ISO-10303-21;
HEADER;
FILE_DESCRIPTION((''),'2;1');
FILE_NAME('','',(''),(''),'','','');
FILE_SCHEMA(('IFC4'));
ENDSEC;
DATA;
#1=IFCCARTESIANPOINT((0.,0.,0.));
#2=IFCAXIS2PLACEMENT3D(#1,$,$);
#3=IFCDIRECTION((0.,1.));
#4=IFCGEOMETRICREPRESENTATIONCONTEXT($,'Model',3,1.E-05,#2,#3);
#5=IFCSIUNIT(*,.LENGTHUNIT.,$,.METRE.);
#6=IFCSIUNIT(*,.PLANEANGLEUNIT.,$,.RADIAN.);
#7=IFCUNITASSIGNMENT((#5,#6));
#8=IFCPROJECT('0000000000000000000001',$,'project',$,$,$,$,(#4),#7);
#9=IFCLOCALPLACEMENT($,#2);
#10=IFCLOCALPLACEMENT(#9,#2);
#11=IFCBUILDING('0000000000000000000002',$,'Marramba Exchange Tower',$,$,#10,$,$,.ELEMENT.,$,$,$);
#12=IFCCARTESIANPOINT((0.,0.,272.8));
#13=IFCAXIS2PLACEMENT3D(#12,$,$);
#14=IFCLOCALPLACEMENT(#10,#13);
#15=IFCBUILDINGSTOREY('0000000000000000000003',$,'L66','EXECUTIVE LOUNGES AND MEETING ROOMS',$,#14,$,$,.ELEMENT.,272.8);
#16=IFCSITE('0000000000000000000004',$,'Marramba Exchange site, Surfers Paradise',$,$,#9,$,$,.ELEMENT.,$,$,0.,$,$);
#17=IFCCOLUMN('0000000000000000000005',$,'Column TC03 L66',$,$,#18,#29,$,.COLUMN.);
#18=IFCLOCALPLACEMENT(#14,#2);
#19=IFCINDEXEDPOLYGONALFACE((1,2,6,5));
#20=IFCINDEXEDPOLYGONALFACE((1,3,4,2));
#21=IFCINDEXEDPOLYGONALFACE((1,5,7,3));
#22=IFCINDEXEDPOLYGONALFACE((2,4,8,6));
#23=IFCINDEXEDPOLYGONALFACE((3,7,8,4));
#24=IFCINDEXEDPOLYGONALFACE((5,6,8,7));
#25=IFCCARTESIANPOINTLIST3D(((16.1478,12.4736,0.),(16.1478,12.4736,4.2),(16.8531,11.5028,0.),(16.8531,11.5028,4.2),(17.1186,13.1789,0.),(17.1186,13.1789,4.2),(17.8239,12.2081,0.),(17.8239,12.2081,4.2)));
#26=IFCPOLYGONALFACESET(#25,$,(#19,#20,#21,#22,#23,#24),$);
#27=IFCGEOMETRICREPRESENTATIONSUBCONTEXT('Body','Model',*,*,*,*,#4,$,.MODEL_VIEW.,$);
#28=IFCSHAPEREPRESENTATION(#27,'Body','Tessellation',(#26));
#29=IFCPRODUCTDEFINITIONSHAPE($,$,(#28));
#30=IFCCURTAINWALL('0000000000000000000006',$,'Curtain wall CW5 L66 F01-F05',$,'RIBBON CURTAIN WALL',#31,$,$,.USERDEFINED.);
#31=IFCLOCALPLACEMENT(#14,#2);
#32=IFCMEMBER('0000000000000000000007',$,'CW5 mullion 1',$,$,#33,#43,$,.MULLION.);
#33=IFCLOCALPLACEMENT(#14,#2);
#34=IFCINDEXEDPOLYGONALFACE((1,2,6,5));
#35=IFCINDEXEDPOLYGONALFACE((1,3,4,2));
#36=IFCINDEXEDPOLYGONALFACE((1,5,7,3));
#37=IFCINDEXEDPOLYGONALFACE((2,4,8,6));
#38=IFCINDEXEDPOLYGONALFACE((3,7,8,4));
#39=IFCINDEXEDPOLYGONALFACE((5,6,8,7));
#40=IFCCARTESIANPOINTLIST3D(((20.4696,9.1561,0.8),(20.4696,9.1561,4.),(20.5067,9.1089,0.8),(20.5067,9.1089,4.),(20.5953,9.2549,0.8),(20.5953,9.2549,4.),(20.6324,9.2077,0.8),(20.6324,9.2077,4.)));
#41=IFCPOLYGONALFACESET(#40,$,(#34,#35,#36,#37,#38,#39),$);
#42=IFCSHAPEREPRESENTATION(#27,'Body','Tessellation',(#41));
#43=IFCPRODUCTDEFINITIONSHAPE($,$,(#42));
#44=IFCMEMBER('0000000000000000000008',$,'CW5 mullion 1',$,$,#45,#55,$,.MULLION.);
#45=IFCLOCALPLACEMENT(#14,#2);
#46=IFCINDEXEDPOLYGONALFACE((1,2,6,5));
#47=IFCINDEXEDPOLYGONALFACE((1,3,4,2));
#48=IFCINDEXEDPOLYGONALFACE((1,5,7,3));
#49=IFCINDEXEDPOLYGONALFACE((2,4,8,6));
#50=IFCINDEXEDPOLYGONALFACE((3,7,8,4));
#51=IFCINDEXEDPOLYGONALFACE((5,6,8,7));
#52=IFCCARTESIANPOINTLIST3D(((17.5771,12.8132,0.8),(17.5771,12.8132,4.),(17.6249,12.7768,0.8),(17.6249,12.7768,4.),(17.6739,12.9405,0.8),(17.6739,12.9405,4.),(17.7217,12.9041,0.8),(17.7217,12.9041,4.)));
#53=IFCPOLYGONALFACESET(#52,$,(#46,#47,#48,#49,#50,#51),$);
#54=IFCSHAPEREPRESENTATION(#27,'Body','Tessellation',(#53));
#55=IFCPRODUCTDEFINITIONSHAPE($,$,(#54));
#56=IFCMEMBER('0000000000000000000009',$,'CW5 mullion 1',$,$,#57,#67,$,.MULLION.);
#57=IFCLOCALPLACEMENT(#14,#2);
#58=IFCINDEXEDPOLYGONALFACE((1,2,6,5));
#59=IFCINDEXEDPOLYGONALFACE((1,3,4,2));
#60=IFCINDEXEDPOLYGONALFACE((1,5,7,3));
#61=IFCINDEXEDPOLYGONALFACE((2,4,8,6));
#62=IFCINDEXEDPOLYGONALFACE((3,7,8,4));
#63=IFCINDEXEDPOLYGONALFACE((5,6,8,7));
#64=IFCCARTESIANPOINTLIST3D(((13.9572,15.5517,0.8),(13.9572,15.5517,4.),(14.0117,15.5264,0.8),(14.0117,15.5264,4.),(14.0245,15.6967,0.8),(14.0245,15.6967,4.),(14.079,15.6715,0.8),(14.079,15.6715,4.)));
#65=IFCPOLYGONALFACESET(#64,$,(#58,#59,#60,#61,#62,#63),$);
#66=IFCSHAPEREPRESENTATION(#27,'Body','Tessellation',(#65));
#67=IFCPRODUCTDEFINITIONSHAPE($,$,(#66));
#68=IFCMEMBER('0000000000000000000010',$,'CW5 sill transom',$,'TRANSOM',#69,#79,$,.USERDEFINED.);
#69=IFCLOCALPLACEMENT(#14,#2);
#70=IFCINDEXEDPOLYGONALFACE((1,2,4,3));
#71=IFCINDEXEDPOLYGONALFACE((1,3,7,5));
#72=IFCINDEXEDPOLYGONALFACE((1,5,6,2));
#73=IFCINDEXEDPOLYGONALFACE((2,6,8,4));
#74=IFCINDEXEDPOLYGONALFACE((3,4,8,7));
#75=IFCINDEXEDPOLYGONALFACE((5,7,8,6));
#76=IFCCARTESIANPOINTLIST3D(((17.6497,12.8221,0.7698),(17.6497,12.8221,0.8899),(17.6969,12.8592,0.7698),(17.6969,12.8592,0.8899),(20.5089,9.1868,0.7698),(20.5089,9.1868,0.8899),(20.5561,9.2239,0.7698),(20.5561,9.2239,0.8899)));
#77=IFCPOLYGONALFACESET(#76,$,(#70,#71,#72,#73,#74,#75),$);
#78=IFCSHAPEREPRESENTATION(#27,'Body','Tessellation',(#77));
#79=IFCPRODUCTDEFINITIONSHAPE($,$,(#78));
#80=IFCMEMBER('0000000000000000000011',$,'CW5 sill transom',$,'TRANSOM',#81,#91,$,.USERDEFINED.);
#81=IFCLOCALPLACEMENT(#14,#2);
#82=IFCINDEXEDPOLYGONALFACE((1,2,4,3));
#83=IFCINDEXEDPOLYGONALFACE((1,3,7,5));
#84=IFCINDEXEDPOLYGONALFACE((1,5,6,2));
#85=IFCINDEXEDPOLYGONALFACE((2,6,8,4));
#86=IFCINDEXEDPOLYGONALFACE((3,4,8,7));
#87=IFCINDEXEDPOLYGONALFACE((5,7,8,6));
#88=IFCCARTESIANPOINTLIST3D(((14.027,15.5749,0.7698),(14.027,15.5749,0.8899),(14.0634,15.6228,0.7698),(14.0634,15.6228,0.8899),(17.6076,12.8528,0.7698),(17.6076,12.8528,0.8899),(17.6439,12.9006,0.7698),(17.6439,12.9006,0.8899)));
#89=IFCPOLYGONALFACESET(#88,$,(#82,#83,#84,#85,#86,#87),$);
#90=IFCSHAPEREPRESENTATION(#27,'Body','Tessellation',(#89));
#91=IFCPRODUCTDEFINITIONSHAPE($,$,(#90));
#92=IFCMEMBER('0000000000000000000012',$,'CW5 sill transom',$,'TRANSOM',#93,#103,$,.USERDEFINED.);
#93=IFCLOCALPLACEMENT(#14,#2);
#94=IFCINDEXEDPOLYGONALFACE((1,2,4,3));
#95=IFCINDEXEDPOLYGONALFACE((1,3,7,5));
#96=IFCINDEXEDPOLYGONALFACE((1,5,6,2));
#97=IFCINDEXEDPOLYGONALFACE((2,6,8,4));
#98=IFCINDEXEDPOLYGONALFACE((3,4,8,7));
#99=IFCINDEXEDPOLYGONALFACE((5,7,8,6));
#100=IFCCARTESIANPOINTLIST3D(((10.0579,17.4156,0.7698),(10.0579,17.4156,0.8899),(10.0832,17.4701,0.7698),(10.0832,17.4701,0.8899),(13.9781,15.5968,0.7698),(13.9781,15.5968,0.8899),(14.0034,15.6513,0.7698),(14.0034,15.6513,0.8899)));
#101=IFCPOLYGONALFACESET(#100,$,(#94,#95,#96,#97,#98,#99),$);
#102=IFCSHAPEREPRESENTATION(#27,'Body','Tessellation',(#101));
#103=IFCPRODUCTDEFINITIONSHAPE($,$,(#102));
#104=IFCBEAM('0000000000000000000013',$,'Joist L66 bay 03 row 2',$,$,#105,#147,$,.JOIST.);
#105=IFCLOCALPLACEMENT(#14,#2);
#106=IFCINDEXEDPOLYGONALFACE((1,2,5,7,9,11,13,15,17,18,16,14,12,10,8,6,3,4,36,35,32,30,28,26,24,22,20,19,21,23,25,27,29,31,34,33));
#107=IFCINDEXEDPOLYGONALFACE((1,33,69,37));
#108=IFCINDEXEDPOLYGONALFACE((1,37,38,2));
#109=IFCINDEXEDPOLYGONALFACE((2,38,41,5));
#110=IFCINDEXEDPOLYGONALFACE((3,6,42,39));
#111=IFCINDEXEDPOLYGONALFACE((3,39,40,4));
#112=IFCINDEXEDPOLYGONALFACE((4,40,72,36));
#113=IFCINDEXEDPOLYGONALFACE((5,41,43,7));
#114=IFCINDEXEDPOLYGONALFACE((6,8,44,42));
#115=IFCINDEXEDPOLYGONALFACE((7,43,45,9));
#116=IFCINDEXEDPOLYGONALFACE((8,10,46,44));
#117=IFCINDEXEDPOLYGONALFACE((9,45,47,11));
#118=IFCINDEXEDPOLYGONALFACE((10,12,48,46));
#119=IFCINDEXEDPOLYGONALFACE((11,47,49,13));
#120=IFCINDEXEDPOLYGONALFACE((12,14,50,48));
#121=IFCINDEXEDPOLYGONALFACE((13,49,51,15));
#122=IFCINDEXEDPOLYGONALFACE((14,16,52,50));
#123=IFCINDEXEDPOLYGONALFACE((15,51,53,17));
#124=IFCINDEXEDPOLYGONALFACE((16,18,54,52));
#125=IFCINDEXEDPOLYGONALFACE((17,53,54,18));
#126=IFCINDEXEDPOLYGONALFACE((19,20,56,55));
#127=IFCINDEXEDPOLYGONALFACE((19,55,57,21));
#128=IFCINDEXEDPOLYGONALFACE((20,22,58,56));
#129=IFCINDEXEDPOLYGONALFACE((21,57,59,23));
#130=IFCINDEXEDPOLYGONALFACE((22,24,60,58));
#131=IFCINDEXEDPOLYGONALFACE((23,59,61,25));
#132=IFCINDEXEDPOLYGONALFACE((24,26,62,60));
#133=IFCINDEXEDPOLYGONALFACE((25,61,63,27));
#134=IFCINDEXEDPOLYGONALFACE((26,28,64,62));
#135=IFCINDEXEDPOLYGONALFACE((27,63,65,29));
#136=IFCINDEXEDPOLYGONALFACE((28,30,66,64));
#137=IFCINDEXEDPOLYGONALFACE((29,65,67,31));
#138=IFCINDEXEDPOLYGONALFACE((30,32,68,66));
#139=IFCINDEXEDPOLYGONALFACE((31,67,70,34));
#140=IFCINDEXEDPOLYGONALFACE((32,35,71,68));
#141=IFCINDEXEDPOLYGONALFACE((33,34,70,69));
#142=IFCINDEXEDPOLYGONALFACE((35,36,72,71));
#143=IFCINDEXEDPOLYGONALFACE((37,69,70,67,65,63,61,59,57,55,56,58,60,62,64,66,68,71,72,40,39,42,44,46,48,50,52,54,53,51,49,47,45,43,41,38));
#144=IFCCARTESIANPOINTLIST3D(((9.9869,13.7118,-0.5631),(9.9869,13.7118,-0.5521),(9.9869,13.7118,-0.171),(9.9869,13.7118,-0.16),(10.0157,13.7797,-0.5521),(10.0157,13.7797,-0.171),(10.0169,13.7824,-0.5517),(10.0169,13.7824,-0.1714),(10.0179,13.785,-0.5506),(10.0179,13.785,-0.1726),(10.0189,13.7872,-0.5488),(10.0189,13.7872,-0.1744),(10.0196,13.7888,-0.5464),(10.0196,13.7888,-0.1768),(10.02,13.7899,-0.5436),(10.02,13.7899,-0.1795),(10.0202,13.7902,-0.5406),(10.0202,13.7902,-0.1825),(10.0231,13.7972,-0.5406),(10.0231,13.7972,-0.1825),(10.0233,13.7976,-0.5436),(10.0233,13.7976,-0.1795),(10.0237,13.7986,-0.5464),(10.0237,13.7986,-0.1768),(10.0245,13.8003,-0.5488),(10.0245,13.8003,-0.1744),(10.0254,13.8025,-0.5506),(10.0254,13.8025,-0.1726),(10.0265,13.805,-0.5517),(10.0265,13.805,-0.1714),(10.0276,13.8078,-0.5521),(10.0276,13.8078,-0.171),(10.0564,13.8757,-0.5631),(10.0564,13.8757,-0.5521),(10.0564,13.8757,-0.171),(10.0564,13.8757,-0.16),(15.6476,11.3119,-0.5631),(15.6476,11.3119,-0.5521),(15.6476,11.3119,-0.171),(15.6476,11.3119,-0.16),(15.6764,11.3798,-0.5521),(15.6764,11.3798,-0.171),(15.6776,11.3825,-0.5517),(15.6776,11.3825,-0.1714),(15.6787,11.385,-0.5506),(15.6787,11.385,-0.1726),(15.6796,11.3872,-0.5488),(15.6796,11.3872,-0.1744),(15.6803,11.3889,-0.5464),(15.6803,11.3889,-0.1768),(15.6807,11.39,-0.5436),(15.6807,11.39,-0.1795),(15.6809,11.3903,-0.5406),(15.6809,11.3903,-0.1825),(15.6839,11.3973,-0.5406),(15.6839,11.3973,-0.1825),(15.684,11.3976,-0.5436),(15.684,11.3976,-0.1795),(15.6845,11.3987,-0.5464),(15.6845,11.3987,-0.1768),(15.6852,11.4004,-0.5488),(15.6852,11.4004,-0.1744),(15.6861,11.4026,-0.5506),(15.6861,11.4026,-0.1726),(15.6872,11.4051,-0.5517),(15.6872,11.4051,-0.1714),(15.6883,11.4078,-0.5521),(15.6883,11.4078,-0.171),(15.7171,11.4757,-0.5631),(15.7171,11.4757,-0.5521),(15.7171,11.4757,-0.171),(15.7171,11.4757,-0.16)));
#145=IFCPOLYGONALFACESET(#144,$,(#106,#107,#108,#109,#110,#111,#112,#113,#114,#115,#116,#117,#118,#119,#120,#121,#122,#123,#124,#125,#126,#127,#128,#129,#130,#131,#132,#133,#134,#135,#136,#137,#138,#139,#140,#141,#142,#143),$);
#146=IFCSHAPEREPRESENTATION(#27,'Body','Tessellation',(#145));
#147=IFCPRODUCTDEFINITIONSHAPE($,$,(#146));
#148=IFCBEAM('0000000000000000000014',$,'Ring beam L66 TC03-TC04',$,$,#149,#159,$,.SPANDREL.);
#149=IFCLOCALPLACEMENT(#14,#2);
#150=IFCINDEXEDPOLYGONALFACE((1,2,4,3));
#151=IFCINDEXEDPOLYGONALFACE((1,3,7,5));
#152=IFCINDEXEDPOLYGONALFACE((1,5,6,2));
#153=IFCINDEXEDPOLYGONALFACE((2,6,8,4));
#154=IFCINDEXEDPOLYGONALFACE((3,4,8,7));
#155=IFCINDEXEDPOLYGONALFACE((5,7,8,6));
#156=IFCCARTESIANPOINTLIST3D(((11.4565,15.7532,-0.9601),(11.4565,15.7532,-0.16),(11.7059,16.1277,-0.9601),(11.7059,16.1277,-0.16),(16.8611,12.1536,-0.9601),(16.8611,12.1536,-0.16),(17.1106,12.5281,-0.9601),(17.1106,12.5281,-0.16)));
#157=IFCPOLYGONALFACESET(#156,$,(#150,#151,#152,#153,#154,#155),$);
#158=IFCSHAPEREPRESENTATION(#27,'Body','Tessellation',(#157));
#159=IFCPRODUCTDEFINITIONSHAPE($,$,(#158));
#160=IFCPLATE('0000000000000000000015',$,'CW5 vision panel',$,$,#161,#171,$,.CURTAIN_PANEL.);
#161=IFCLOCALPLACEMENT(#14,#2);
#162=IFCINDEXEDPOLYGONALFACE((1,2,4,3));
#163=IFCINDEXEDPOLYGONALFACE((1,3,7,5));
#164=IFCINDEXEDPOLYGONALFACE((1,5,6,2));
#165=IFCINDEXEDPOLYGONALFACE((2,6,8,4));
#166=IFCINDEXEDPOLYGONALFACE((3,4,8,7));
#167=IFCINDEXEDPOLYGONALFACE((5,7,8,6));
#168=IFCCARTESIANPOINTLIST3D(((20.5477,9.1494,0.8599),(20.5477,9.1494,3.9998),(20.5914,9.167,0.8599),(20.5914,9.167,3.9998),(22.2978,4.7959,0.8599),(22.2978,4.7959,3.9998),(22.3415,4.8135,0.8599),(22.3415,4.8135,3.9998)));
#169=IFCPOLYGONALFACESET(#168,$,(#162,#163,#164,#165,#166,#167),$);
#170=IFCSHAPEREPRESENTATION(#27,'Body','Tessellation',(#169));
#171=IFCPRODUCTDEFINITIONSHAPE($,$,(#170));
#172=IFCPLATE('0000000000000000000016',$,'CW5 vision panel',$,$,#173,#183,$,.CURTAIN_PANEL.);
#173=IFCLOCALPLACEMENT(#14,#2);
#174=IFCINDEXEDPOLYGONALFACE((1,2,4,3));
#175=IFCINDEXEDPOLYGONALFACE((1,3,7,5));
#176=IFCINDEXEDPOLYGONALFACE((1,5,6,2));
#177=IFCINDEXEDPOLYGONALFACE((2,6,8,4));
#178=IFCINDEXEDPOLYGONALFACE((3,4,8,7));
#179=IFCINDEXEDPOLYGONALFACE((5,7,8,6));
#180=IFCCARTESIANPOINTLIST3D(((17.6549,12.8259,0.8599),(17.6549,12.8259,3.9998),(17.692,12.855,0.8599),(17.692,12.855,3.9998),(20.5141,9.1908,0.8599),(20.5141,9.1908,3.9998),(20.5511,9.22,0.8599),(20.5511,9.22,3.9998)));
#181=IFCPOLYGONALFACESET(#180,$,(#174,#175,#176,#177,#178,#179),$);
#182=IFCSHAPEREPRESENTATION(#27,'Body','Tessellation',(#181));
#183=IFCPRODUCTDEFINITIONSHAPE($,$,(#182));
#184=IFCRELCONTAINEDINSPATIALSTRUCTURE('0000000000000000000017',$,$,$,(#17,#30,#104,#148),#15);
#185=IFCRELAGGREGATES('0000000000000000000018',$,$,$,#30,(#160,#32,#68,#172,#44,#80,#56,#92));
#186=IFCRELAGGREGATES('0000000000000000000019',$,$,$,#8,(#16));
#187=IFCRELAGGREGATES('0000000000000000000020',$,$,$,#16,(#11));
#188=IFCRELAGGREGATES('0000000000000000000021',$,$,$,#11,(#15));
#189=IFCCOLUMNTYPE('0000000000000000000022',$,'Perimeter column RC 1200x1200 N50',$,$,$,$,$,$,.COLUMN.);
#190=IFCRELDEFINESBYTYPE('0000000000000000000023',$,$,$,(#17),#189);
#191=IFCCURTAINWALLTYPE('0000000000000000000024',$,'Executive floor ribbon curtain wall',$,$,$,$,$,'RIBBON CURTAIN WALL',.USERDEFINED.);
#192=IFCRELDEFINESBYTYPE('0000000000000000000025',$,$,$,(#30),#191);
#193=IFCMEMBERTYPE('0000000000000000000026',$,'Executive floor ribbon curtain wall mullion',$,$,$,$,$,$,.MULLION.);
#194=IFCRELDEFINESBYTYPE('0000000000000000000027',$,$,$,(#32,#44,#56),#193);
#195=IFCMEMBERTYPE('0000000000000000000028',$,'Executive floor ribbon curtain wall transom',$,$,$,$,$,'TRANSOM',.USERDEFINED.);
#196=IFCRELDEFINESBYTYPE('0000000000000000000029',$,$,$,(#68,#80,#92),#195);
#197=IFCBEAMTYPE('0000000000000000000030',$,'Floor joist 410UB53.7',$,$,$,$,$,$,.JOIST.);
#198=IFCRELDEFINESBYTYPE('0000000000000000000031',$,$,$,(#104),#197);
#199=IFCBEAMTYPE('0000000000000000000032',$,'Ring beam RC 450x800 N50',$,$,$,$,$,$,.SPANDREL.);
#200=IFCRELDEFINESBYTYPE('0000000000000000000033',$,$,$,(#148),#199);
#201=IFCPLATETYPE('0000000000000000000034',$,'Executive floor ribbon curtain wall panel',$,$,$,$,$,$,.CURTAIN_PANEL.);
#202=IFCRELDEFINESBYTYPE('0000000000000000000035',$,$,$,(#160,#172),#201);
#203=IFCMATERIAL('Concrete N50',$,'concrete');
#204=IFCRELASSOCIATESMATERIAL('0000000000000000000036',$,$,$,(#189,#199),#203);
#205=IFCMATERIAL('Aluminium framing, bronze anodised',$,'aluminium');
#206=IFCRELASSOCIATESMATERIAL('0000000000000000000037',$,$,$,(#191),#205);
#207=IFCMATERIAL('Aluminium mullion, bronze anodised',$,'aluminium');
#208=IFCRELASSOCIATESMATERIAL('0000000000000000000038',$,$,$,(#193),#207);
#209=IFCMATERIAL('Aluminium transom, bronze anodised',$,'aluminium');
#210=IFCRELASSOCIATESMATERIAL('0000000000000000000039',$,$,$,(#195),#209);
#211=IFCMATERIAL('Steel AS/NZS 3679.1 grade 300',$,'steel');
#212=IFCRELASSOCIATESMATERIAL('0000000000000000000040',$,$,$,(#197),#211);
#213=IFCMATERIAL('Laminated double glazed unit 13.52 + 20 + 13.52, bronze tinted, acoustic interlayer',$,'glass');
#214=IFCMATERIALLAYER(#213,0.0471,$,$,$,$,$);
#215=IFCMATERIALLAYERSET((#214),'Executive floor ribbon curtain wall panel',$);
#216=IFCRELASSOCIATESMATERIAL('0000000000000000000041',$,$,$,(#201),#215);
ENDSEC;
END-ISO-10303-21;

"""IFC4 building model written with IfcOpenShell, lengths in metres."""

from ifc_helpers import new_model, si_unit, direction, frame, origin, origin_2d, place, context, subcontext, project, spatial, rectangle, i_section, extrude, material, layer, layer_set, material_profile, profile_set, type_object, element, aggregate, save


model = new_model("IFC4")

# Units and contexts
model_context = context("Model", 3, precision=1e-05, world=origin(), true_north=direction((0.0, 1.0)))
body_context = subcontext(model_context, "Body", "Model", "MODEL_VIEW")
ifc_project = project(units=[si_unit("LENGTHUNIT", "METRE"), si_unit("PLANEANGLEUNIT", "RADIAN")], contexts=[model_context])

# Site, building, storey
site_placement = place(None, origin())
site = spatial("IfcSite", under=ifc_project, at=site_placement, Name="Marramba Exchange site, Surfers Paradise", CompositionType="ELEMENT", RefElevation=0.0)
building_placement = place(site_placement, origin())
building = spatial("IfcBuilding", under=site, at=building_placement, Name="Marramba Exchange Tower", CompositionType="ELEMENT")
storey_placement = place(building_placement, frame((0.0, 0.0, 272.8)))
storey = spatial("IfcBuildingStorey", under=building, at=storey_placement, Name="L66", Description="EXECUTIVE LOUNGES AND MEETING ROOMS", CompositionType="ELEMENT", Elevation=272.8)

# Column
ifc_material_1 = material(Name="Concrete N50", Category="concrete")
ifc_material_profile_1 = material_profile(ifc_material_1, rectangle(XDim=1.2, YDim=1.2, at=origin_2d()), Name="RC 1200x1200")
ifc_profile_set_1 = profile_set([ifc_material_profile_1], Name="Concrete N50")
column_type = type_object("IfcColumnType", Name="Perimeter column RC 1200x1200 N50", PredefinedType="COLUMN", material=ifc_profile_set_1)
column_placement = place(storey_placement, frame((16.9858, 12.3408, 0.0), z_axis=(0.0, 0.0, 1.0), x_axis=(0.809017, 0.587785, 0.0)))
element("IfcColumn", 1, at=column_placement, inside=storey, type_object=column_type, Name="Column TC03 L66", PredefinedType="COLUMN", context=body_context, shape_type="SweptSolid", body=[
    extrude(rectangle(XDim=1.2, YDim=1.2, at=origin_2d()), origin(), (0.0, 0.0, 1.0), 4.2),
])

# Curtain wall, members
ifc_material_2 = material(Name="Aluminium framing, bronze anodised", Category="aluminium")
curtain_wall_type = type_object("IfcCurtainWallType", Name="Executive floor ribbon curtain wall", ElementType="RIBBON CURTAIN WALL", PredefinedType="USERDEFINED", material=ifc_material_2)
curtain_wall_placement = place(storey_placement, origin())
curtain_wall = element("IfcCurtainWall", 2, at=curtain_wall_placement, inside=storey, type_object=curtain_wall_type, Name="Curtain wall CW5 L66 F01-F05", ObjectType="RIBBON CURTAIN WALL", PredefinedType="USERDEFINED")
ifc_material_3 = material(Name="Aluminium mullion, bronze anodised", Category="aluminium")
ifc_material_profile_2 = material_profile(ifc_material_3, rectangle(XDim=0.1599, YDim=0.0601, at=origin_2d()), Name="CW5 mullion 60x160")
ifc_profile_set_2 = profile_set([ifc_material_profile_2], Name="Aluminium mullion, bronze anodised")
member_type_1 = type_object("IfcMemberType", Name="Executive floor ribbon curtain wall mullion", PredefinedType="MULLION", material=ifc_profile_set_2)
member_1_placement = place(storey_placement, frame((20.551, 9.1819, 0.8), z_axis=(0.0, 0.0, 1.0), x_axis=(-0.786003, -0.618223, 0.0)))
member_1 = element("IfcMember", 3, at=member_1_placement, type_object=member_type_1, Name="CW5 mullion 1", PredefinedType="MULLION", context=body_context, shape_type="SweptSolid", body=[
    extrude(rectangle(XDim=0.1599, YDim=0.0601, at=origin_2d()), origin(), (0.0, 0.0, 1.0), 3.2),
])
member_2_placement = place(storey_placement, frame((17.6494, 12.8586, 0.8), z_axis=(0.0, 0.0, 1.0), x_axis=(-0.605219, -0.796059, 0.0)))
member_2 = element("IfcMember", 4, at=member_2_placement, type_object=member_type_1, Name="CW5 mullion 1", PredefinedType="MULLION", context=body_context, shape_type="SweptSolid", body=[
    extrude(rectangle(XDim=0.1599, YDim=0.0601, at=origin_2d()), origin(), (0.0, 0.0, 1.0), 3.2),
])
member_3_placement = place(storey_placement, frame((14.0181, 15.6116, 0.8), z_axis=(0.0, 0.0, 1.0), x_axis=(-0.420849, -0.907131, 0.0)))
member_3 = element("IfcMember", 5, at=member_3_placement, type_object=member_type_1, Name="CW5 mullion 1", PredefinedType="MULLION", context=body_context, shape_type="SweptSolid", body=[
    extrude(rectangle(XDim=0.1599, YDim=0.0601, at=origin_2d()), origin(), (0.0, 0.0, 1.0), 3.2),
])
ifc_material_4 = material(Name="Aluminium transom, bronze anodised", Category="aluminium")
ifc_material_profile_3 = material_profile(ifc_material_4, rectangle(XDim=0.0601, YDim=0.1201, at=origin_2d()), Name="CW5 transom 60x120")
ifc_profile_set_3 = profile_set([ifc_material_profile_3], Name="Aluminium transom, bronze anodised")
member_type_2 = type_object("IfcMemberType", Name="Executive floor ribbon curtain wall transom", ElementType="TRANSOM", PredefinedType="USERDEFINED", material=ifc_profile_set_3)
member_4_placement = place(storey_placement, frame((20.5325, 9.2053, 0.8298), z_axis=(-0.618204, 0.786018, 0.0), x_axis=(-0.786018, -0.618204, 0.0)))
member_4 = element("IfcMember", 6, at=member_4_placement, type_object=member_type_2, Name="CW5 sill transom", ObjectType="TRANSOM", PredefinedType="USERDEFINED", context=body_context, shape_type="SweptSolid", body=[
    extrude(rectangle(XDim=0.0601, YDim=0.1201, at=origin_2d()), origin(), (0.0, 0.0, 1.0), 4.625),
])
member_5_placement = place(storey_placement, frame((17.6257, 12.8767, 0.8298), z_axis=(-0.796062, 0.605215, 0.0), x_axis=(-0.605215, -0.796062, 0.0)))
member_5 = element("IfcMember", 7, at=member_5_placement, type_object=member_type_2, Name="CW5 sill transom", ObjectType="TRANSOM", PredefinedType="USERDEFINED", context=body_context, shape_type="SweptSolid", body=[
    extrude(rectangle(XDim=0.0601, YDim=0.1201, at=origin_2d()), origin(), (0.0, 0.0, 1.0), 4.4978),
])
member_6_placement = place(storey_placement, frame((13.9907, 15.624, 0.8298), z_axis=(-0.907118, 0.420877, 0.0), x_axis=(-0.420877, -0.907118, 0.0)))
member_6 = element("IfcMember", 8, at=member_6_placement, type_object=member_type_2, Name="CW5 sill transom", ObjectType="TRANSOM", PredefinedType="USERDEFINED", context=body_context, shape_type="SweptSolid", body=[
    extrude(rectangle(XDim=0.0601, YDim=0.1201, at=origin_2d()), origin(), (0.0, 0.0, 1.0), 4.3215),
])

# Beams
ifc_material_5 = material(Name="Steel AS/NZS 3679.1 grade 300", Category="steel")
ifc_material_profile_4 = material_profile(ifc_material_5, i_section(OverallWidth=0.178, OverallDepth=0.4031, WebThickness=0.0076, FlangeThickness=0.011, FilletRadius=0.0115, at=origin_2d()), Name="410UB53.7")
ifc_profile_set_4 = profile_set([ifc_material_profile_4], Name="Steel AS/NZS 3679.1 grade 300")
beam_type_1 = type_object("IfcBeamType", Name="Floor joist 410UB53.7", PredefinedType="JOIST", material=ifc_profile_set_4)
beam_1_placement = place(storey_placement, frame((15.6824, 11.3938, -0.3616), z_axis=(-0.920674, 0.390332, 0.0), x_axis=(-0.390332, -0.920674, 0.0)))
element("IfcBeam", 9, at=beam_1_placement, inside=storey, type_object=beam_type_1, Name="Joist L66 bay 03 row 2", PredefinedType="JOIST", context=body_context, shape_type="SweptSolid", body=[
    extrude(i_section(OverallWidth=0.178, OverallDepth=0.4031, WebThickness=0.0076, FlangeThickness=0.011, FilletRadius=0.0115, at=origin_2d()), origin(), (0.0, 0.0, 1.0), 6.1484),
])
ifc_material_profile_5 = material_profile(ifc_material_1, rectangle(XDim=0.45, YDim=0.8, at=origin_2d()), Name="RC 450x800")
ifc_profile_set_5 = profile_set([ifc_material_profile_5], Name="Concrete N50")
beam_type_2 = type_object("IfcBeamType", Name="Ring beam RC 450x800 N50", PredefinedType="SPANDREL", material=ifc_profile_set_5)
beam_2_placement = place(storey_placement, frame((16.9858, 12.3408, -0.5601), z_axis=(-0.832293, 0.554336, 0.0), x_axis=(-0.554336, -0.832293, 0.0)))
element("IfcBeam", 10, at=beam_2_placement, inside=storey, type_object=beam_type_2, Name="Ring beam L66 TC03-TC04", PredefinedType="SPANDREL", context=body_context, shape_type="SweptSolid", body=[
    extrude(rectangle(XDim=0.45, YDim=0.8, at=origin_2d()), origin(), (0.0, 0.0, 1.0), 6.4937),
])

# Plates
ifc_material_6 = material(Name="Laminated double glazed unit 13.52 + 20 + 13.52, bronze tinted, acoustic interlayer", Category="glass")
ifc_layer_1 = layer(ifc_material_6, 0.0471)
ifc_layer_set_1 = layer_set([ifc_layer_1], Name="Executive floor ribbon curtain wall panel")
plate_type = type_object("IfcPlateType", Name="Executive floor ribbon curtain wall panel", PredefinedType="CURTAIN_PANEL", material=ifc_layer_set_1)
plate_1_placement = place(storey_placement, frame((21.4446, 6.9814, 0.8599), z_axis=(0.0, 0.0, 1.0), x_axis=(-0.372983, 0.927838, 0.0)))
plate_1 = element("IfcPlate", 11, at=plate_1_placement, type_object=plate_type, Name="CW5 vision panel", PredefinedType="CURTAIN_PANEL", context=body_context, shape_type="SweptSolid", body=[
    extrude(rectangle(XDim=4.6921, YDim=0.0471, at=origin_2d()), origin(), (0.0, 0.0, 1.0), 3.1399),
])
plate_2_placement = place(storey_placement, frame((19.103, 11.0229, 0.8599), z_axis=(0.0, 0.0, 1.0), x_axis=(-0.618223, 0.786003, 0.0)))
plate_2 = element("IfcPlate", 12, at=plate_2_placement, type_object=plate_type, Name="CW5 vision panel", PredefinedType="CURTAIN_PANEL", context=body_context, shape_type="SweptSolid", body=[
    extrude(rectangle(XDim=4.6248, YDim=0.0471, at=origin_2d()), origin(), (0.0, 0.0, 1.0), 3.1399),
])
aggregate(curtain_wall, [plate_1, member_1, member_4, plate_2, member_2, member_5, member_3, member_6])

save(model, "model.ifc")
